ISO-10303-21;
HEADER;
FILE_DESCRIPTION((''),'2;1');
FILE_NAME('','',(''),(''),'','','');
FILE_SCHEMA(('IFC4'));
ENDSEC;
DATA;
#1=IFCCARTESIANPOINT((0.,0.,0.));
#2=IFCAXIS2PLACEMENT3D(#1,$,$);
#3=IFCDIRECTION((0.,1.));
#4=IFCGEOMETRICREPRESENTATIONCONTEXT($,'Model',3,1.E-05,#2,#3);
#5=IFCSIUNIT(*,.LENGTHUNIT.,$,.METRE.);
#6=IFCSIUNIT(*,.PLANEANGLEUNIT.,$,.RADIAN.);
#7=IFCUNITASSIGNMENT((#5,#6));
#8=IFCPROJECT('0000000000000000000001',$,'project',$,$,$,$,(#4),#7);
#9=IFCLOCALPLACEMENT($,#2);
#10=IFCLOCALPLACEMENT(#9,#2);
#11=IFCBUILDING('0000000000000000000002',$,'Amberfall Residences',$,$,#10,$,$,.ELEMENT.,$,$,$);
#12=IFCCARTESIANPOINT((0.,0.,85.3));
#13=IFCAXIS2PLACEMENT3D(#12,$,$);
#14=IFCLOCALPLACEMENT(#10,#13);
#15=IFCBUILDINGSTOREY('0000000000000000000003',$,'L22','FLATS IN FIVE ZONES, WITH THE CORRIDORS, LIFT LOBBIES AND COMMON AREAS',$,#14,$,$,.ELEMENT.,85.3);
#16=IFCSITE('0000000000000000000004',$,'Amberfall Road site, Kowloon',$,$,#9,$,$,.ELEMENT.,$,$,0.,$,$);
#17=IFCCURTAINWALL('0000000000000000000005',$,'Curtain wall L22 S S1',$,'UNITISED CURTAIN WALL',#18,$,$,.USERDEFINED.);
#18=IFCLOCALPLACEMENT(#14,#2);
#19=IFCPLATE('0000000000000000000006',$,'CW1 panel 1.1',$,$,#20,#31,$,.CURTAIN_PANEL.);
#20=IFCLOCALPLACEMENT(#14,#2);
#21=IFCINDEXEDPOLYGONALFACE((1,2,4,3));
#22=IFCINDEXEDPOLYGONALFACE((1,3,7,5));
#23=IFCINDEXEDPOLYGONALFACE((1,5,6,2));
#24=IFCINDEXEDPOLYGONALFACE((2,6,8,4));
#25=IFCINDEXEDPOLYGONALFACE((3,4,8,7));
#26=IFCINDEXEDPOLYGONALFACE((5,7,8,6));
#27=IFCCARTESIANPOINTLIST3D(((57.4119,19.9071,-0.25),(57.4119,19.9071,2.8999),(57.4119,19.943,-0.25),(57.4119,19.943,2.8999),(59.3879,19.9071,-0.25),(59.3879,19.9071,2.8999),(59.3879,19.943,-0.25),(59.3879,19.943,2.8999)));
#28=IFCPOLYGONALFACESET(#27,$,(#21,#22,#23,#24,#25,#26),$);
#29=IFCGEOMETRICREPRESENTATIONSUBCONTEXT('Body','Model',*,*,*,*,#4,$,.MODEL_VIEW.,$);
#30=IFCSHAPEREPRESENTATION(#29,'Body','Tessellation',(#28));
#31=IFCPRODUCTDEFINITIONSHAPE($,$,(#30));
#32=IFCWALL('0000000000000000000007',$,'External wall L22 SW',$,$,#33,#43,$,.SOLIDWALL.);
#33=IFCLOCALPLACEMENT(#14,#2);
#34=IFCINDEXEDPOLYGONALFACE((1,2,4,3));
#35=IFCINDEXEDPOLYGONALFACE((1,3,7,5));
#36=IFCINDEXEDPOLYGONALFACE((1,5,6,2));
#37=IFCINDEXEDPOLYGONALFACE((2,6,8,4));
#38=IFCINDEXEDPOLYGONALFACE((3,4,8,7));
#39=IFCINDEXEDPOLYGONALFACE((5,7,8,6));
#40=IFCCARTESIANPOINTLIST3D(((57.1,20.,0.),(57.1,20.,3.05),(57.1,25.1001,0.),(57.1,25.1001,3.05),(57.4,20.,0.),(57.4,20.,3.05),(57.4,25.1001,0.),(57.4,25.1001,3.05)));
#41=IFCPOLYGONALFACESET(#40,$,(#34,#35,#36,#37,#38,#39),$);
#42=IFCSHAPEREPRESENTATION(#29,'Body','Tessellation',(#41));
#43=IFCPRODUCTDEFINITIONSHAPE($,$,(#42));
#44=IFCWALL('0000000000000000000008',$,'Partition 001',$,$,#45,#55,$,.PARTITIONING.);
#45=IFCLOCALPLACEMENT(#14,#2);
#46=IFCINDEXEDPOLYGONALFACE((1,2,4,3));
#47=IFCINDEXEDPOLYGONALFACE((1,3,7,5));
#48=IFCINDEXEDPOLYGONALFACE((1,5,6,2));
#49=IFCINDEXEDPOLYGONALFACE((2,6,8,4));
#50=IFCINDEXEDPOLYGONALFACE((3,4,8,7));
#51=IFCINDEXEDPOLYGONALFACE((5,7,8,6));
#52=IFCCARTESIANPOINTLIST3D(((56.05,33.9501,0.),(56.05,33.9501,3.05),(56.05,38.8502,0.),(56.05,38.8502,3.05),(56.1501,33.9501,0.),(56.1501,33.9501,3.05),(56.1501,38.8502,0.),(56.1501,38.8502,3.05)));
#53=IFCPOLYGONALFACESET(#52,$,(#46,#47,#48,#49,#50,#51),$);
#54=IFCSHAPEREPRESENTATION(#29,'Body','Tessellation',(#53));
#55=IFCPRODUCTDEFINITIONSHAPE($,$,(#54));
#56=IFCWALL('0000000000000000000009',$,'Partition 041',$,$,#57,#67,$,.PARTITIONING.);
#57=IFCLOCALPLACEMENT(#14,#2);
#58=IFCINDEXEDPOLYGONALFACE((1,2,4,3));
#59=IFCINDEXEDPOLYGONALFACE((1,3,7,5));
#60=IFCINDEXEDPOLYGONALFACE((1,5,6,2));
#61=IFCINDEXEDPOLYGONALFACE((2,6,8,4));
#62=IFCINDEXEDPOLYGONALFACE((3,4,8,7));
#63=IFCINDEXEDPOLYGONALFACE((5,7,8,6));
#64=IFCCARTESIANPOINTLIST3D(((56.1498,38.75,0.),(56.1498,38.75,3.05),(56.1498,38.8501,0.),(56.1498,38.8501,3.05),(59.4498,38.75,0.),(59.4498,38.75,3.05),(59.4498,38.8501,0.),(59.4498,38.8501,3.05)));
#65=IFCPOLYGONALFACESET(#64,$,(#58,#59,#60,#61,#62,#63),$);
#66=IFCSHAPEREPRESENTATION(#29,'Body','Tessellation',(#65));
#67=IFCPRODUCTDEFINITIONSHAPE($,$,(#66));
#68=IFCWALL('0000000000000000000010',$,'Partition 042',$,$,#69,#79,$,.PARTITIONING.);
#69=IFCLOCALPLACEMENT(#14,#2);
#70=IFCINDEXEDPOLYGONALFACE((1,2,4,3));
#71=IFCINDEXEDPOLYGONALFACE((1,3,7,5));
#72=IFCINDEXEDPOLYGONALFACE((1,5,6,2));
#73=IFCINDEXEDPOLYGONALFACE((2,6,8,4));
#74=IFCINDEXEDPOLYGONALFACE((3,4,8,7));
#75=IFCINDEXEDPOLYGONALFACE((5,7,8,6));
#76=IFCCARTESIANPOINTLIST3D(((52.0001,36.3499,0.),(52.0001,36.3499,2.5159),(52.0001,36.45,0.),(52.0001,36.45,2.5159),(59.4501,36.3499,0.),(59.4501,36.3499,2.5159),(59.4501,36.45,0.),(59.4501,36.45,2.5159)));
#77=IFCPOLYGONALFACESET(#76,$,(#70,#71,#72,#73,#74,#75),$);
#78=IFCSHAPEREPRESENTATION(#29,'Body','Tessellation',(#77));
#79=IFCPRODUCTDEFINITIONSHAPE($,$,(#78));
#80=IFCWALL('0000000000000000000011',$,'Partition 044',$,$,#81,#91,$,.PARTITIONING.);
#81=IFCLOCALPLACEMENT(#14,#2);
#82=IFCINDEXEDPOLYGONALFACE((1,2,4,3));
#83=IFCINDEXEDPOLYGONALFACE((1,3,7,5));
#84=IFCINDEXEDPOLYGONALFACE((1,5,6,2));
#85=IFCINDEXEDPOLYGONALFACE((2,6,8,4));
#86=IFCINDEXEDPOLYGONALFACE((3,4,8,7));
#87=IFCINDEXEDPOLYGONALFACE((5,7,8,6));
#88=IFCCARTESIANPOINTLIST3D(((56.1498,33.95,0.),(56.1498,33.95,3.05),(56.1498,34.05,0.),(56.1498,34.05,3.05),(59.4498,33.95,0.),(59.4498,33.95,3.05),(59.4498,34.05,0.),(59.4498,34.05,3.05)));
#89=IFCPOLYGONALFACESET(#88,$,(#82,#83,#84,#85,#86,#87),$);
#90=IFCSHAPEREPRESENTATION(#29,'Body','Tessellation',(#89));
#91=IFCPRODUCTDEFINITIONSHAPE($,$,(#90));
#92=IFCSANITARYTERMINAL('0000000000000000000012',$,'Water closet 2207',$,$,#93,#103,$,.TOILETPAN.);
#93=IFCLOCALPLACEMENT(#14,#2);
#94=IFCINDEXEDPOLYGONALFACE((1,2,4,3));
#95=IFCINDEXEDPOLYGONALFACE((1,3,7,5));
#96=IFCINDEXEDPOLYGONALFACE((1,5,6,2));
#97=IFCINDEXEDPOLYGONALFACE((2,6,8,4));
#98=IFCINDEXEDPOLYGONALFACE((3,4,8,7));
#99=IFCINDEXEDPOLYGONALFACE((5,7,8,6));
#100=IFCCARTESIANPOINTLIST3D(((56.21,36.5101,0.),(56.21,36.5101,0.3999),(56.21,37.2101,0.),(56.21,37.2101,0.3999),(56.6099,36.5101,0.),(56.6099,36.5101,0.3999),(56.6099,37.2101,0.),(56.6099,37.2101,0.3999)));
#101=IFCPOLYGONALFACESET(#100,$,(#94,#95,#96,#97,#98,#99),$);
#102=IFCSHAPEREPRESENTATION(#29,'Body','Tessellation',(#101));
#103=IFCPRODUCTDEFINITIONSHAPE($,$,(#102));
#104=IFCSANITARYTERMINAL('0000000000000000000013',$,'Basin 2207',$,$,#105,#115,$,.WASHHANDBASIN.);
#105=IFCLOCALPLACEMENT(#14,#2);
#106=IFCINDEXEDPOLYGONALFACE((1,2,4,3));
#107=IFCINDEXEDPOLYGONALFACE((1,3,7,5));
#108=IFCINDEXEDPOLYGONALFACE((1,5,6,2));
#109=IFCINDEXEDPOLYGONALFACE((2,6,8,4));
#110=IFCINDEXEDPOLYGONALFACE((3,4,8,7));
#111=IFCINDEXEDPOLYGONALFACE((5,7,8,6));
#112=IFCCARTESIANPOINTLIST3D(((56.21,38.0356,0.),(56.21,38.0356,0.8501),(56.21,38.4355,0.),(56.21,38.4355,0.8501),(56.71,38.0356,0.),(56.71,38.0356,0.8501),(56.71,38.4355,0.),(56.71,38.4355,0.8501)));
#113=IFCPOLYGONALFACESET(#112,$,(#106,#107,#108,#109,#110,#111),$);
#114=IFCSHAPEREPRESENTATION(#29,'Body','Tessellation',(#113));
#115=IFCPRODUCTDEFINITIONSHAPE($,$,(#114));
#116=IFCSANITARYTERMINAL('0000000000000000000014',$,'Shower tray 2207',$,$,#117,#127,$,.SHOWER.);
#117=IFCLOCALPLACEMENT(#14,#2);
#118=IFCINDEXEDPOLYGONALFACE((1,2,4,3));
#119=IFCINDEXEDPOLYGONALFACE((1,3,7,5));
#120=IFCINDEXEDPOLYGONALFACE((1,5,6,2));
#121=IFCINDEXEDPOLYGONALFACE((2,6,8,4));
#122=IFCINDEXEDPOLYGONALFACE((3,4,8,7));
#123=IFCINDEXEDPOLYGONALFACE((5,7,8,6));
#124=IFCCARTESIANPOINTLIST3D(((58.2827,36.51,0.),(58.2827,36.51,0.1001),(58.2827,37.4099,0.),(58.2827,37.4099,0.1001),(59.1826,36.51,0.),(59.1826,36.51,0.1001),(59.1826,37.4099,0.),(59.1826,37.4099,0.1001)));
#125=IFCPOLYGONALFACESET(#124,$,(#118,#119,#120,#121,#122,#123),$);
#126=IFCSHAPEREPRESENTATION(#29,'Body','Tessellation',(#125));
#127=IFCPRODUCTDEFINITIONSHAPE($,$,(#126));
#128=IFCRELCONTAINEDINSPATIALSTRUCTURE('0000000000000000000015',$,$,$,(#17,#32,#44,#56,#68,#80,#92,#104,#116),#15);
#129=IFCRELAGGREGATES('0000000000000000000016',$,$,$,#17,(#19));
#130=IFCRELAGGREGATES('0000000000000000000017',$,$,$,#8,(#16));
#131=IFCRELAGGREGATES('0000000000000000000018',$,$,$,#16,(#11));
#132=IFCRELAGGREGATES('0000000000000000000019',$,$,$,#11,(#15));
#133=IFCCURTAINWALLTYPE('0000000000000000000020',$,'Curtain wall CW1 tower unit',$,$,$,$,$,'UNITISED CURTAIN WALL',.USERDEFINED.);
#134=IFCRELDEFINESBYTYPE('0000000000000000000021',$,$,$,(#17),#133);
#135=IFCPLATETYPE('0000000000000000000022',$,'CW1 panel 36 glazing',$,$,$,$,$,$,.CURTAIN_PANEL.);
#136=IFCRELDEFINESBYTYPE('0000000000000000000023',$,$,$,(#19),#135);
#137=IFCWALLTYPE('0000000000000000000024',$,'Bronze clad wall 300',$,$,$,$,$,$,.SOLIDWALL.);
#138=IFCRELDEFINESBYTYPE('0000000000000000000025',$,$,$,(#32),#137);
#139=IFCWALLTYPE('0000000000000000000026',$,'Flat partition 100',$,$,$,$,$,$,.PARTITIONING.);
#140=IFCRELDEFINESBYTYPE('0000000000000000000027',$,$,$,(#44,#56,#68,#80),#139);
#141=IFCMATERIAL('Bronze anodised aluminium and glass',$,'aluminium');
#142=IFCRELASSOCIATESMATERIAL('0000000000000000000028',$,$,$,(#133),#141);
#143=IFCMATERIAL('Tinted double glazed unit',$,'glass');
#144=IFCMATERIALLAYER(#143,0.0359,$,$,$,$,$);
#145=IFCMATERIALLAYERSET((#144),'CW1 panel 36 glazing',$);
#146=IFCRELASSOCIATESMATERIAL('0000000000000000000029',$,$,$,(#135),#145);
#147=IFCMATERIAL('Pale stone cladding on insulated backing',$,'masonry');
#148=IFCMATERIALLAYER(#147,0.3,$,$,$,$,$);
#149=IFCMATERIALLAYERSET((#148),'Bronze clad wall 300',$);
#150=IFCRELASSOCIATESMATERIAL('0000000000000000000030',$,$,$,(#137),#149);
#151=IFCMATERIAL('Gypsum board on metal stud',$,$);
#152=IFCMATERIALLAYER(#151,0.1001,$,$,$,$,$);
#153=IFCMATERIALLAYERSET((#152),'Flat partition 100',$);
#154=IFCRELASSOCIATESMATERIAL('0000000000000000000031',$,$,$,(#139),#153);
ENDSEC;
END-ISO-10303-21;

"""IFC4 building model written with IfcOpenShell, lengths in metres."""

from ifc_helpers import new_model, si_unit, direction, frame, frame_2d, origin, origin_2d, place, context, subcontext, project, spatial, rectangle, extrude, material, layer, layer_set, type_object, element, aggregate, save


model = new_model("IFC4")

# Units and contexts
model_context = context("Model", 3, precision=1e-05, world=origin(), true_north=direction((0.0, 1.0)))
body_context = subcontext(model_context, "Body", "Model", "MODEL_VIEW")
ifc_project = project(units=[si_unit("LENGTHUNIT", "METRE"), si_unit("PLANEANGLEUNIT", "RADIAN")], contexts=[model_context])

# Site, building, storey
site_placement = place(None, origin())
site = spatial("IfcSite", under=ifc_project, at=site_placement, Name="Amberfall Road site, Kowloon", CompositionType="ELEMENT", RefElevation=0.0)
building_placement = place(site_placement, origin())
building = spatial("IfcBuilding", under=site, at=building_placement, Name="Amberfall Residences", CompositionType="ELEMENT")
storey_placement = place(building_placement, frame((0.0, 0.0, 85.3)))
storey = spatial("IfcBuildingStorey", under=building, at=storey_placement, Name="L22", Description="FLATS IN FIVE ZONES, WITH THE CORRIDORS, LIFT LOBBIES AND COMMON AREAS", CompositionType="ELEMENT", Elevation=85.3)

# Curtain wall
ifc_material_1 = material(Name="Bronze anodised aluminium and glass", Category="aluminium")
curtain_wall_type = type_object("IfcCurtainWallType", Name="Curtain wall CW1 tower unit", ElementType="UNITISED CURTAIN WALL", PredefinedType="USERDEFINED", material=ifc_material_1)
curtain_wall_placement = place(storey_placement, origin())
curtain_wall = element("IfcCurtainWall", 1, at=curtain_wall_placement, inside=storey, type_object=curtain_wall_type, Name="Curtain wall L22 S S1", ObjectType="UNITISED CURTAIN WALL", PredefinedType="USERDEFINED")

# Plate
ifc_material_2 = material(Name="Tinted double glazed unit", Category="glass")
ifc_layer_1 = layer(ifc_material_2, 0.0359)
ifc_layer_set_1 = layer_set([ifc_layer_1], Name="CW1 panel 36 glazing")
plate_type = type_object("IfcPlateType", Name="CW1 panel 36 glazing", PredefinedType="CURTAIN_PANEL", material=ifc_layer_set_1)
plate_placement = place(storey_placement, frame((58.3999, 19.925, -0.25), z_axis=(0.0, 0.0, 1.0), x_axis=(1.0, 0.0, 0.0)))
plate = element("IfcPlate", 2, at=plate_placement, type_object=plate_type, Name="CW1 panel 1.1", PredefinedType="CURTAIN_PANEL", context=body_context, shape_type="SweptSolid", body=[
    extrude(rectangle(XDim=1.9761, YDim=0.0359, at=origin_2d()), origin(), (0.0, 0.0, 1.0), 3.1499),
])
aggregate(curtain_wall, [plate])

# Walls
ifc_material_3 = material(Name="Pale stone cladding on insulated backing", Category="masonry")
ifc_layer_2 = layer(ifc_material_3, 0.3)
ifc_layer_set_2 = layer_set([ifc_layer_2], Name="Bronze clad wall 300")
wall_type_1 = type_object("IfcWallType", Name="Bronze clad wall 300", PredefinedType="SOLIDWALL", material=ifc_layer_set_2)
wall_1_placement = place(storey_placement, frame((57.25, 25.1001, 0.0), z_axis=(0.0, 0.0, 1.0), x_axis=(0.0, -1.0, 0.0)))
element("IfcWall", 3, at=wall_1_placement, inside=storey, type_object=wall_type_1, Name="External wall L22 SW", PredefinedType="SOLIDWALL", context=body_context, shape_type="SweptSolid", body=[
    extrude(rectangle(XDim=5.1001, YDim=0.3, at=frame_2d((2.55, 0.0))), origin(), (0.0, 0.0, 1.0), 3.05),
])
ifc_material_4 = material(Name="Gypsum board on metal stud")
ifc_layer_3 = layer(ifc_material_4, 0.1001)
ifc_layer_set_3 = layer_set([ifc_layer_3], Name="Flat partition 100")
wall_type_2 = type_object("IfcWallType", Name="Flat partition 100", PredefinedType="PARTITIONING", material=ifc_layer_set_3)
wall_2_placement = place(storey_placement, frame((56.1001, 33.95, 0.0), z_axis=(0.0, 0.0, 1.0), x_axis=(0.0, 1.0, 0.0)))
element("IfcWall", 4, at=wall_2_placement, inside=storey, type_object=wall_type_2, Name="Partition 001", PredefinedType="PARTITIONING", context=body_context, shape_type="SweptSolid", body=[
    extrude(rectangle(XDim=4.9001, YDim=0.1001, at=frame_2d((2.4502, 0.0))), origin(), (0.0, 0.0, 1.0), 3.05),
])
wall_3_placement = place(storey_placement, frame((56.1499, 38.8, 0.0), z_axis=(0.0, 0.0, 1.0), x_axis=(1.0, 0.0, 0.0)))
element("IfcWall", 5, at=wall_3_placement, inside=storey, type_object=wall_type_2, Name="Partition 041", PredefinedType="PARTITIONING", context=body_context, shape_type="SweptSolid", body=[
    extrude(rectangle(XDim=3.3, YDim=0.1001, at=frame_2d((1.6499, 0.0))), origin(), (0.0, 0.0, 1.0), 3.05),
])
wall_4_placement = place(storey_placement, frame((52.0, 36.3999, 0.0), z_axis=(0.0, 0.0, 1.0), x_axis=(1.0, 0.0, 0.0)))
element("IfcWall", 6, at=wall_4_placement, inside=storey, type_object=wall_type_2, Name="Partition 042", PredefinedType="PARTITIONING", context=body_context, shape_type="SweptSolid", body=[
    extrude(rectangle(XDim=7.45, YDim=0.1001, at=frame_2d((3.7251, 0.0))), origin(), (0.0, 0.0, 1.0), 2.5159),
])
wall_5_placement = place(storey_placement, frame((56.1499, 34.0, 0.0), z_axis=(0.0, 0.0, 1.0), x_axis=(1.0, 0.0, 0.0)))
element("IfcWall", 7, at=wall_5_placement, inside=storey, type_object=wall_type_2, Name="Partition 044", PredefinedType="PARTITIONING", context=body_context, shape_type="SweptSolid", body=[
    extrude(rectangle(XDim=3.3, YDim=0.1001, at=frame_2d((1.6499, 0.0))), origin(), (0.0, 0.0, 1.0), 3.05),
])

# Sanitary terminals
sanitary_terminal_1_placement = place(storey_placement, frame((56.4099, 36.8601, 0.0), z_axis=(0.0, 0.0, 1.0), x_axis=(1.0, 0.0, 0.0)))
element("IfcSanitaryTerminal", 8, at=sanitary_terminal_1_placement, inside=storey, Name="Water closet 2207", PredefinedType="TOILETPAN", context=body_context, shape_type="SweptSolid", body=[
    extrude(rectangle(XDim=0.3999, YDim=0.7, at=origin_2d()), origin(), (0.0, 0.0, 1.0), 0.3999),
])
sanitary_terminal_2_placement = place(storey_placement, frame((56.46, 38.2356, 0.0), z_axis=(0.0, 0.0, 1.0), x_axis=(1.0, 0.0, 0.0)))
element("IfcSanitaryTerminal", 9, at=sanitary_terminal_2_placement, inside=storey, Name="Basin 2207", PredefinedType="WASHHANDBASIN", context=body_context, shape_type="SweptSolid", body=[
    extrude(rectangle(XDim=0.5, YDim=0.3999, at=origin_2d()), origin(), (0.0, 0.0, 1.0), 0.8501),
])
sanitary_terminal_3_placement = place(storey_placement, frame((58.7327, 36.96, 0.0), z_axis=(0.0, 0.0, 1.0), x_axis=(1.0, 0.0, 0.0)))
element("IfcSanitaryTerminal", 10, at=sanitary_terminal_3_placement, inside=storey, Name="Shower tray 2207", PredefinedType="SHOWER", context=body_context, shape_type="SweptSolid", body=[
    extrude(rectangle(XDim=0.8999, YDim=0.8999, at=origin_2d()), origin(), (0.0, 0.0, 1.0), 0.1001),
])

save(model, "model.ifc")
